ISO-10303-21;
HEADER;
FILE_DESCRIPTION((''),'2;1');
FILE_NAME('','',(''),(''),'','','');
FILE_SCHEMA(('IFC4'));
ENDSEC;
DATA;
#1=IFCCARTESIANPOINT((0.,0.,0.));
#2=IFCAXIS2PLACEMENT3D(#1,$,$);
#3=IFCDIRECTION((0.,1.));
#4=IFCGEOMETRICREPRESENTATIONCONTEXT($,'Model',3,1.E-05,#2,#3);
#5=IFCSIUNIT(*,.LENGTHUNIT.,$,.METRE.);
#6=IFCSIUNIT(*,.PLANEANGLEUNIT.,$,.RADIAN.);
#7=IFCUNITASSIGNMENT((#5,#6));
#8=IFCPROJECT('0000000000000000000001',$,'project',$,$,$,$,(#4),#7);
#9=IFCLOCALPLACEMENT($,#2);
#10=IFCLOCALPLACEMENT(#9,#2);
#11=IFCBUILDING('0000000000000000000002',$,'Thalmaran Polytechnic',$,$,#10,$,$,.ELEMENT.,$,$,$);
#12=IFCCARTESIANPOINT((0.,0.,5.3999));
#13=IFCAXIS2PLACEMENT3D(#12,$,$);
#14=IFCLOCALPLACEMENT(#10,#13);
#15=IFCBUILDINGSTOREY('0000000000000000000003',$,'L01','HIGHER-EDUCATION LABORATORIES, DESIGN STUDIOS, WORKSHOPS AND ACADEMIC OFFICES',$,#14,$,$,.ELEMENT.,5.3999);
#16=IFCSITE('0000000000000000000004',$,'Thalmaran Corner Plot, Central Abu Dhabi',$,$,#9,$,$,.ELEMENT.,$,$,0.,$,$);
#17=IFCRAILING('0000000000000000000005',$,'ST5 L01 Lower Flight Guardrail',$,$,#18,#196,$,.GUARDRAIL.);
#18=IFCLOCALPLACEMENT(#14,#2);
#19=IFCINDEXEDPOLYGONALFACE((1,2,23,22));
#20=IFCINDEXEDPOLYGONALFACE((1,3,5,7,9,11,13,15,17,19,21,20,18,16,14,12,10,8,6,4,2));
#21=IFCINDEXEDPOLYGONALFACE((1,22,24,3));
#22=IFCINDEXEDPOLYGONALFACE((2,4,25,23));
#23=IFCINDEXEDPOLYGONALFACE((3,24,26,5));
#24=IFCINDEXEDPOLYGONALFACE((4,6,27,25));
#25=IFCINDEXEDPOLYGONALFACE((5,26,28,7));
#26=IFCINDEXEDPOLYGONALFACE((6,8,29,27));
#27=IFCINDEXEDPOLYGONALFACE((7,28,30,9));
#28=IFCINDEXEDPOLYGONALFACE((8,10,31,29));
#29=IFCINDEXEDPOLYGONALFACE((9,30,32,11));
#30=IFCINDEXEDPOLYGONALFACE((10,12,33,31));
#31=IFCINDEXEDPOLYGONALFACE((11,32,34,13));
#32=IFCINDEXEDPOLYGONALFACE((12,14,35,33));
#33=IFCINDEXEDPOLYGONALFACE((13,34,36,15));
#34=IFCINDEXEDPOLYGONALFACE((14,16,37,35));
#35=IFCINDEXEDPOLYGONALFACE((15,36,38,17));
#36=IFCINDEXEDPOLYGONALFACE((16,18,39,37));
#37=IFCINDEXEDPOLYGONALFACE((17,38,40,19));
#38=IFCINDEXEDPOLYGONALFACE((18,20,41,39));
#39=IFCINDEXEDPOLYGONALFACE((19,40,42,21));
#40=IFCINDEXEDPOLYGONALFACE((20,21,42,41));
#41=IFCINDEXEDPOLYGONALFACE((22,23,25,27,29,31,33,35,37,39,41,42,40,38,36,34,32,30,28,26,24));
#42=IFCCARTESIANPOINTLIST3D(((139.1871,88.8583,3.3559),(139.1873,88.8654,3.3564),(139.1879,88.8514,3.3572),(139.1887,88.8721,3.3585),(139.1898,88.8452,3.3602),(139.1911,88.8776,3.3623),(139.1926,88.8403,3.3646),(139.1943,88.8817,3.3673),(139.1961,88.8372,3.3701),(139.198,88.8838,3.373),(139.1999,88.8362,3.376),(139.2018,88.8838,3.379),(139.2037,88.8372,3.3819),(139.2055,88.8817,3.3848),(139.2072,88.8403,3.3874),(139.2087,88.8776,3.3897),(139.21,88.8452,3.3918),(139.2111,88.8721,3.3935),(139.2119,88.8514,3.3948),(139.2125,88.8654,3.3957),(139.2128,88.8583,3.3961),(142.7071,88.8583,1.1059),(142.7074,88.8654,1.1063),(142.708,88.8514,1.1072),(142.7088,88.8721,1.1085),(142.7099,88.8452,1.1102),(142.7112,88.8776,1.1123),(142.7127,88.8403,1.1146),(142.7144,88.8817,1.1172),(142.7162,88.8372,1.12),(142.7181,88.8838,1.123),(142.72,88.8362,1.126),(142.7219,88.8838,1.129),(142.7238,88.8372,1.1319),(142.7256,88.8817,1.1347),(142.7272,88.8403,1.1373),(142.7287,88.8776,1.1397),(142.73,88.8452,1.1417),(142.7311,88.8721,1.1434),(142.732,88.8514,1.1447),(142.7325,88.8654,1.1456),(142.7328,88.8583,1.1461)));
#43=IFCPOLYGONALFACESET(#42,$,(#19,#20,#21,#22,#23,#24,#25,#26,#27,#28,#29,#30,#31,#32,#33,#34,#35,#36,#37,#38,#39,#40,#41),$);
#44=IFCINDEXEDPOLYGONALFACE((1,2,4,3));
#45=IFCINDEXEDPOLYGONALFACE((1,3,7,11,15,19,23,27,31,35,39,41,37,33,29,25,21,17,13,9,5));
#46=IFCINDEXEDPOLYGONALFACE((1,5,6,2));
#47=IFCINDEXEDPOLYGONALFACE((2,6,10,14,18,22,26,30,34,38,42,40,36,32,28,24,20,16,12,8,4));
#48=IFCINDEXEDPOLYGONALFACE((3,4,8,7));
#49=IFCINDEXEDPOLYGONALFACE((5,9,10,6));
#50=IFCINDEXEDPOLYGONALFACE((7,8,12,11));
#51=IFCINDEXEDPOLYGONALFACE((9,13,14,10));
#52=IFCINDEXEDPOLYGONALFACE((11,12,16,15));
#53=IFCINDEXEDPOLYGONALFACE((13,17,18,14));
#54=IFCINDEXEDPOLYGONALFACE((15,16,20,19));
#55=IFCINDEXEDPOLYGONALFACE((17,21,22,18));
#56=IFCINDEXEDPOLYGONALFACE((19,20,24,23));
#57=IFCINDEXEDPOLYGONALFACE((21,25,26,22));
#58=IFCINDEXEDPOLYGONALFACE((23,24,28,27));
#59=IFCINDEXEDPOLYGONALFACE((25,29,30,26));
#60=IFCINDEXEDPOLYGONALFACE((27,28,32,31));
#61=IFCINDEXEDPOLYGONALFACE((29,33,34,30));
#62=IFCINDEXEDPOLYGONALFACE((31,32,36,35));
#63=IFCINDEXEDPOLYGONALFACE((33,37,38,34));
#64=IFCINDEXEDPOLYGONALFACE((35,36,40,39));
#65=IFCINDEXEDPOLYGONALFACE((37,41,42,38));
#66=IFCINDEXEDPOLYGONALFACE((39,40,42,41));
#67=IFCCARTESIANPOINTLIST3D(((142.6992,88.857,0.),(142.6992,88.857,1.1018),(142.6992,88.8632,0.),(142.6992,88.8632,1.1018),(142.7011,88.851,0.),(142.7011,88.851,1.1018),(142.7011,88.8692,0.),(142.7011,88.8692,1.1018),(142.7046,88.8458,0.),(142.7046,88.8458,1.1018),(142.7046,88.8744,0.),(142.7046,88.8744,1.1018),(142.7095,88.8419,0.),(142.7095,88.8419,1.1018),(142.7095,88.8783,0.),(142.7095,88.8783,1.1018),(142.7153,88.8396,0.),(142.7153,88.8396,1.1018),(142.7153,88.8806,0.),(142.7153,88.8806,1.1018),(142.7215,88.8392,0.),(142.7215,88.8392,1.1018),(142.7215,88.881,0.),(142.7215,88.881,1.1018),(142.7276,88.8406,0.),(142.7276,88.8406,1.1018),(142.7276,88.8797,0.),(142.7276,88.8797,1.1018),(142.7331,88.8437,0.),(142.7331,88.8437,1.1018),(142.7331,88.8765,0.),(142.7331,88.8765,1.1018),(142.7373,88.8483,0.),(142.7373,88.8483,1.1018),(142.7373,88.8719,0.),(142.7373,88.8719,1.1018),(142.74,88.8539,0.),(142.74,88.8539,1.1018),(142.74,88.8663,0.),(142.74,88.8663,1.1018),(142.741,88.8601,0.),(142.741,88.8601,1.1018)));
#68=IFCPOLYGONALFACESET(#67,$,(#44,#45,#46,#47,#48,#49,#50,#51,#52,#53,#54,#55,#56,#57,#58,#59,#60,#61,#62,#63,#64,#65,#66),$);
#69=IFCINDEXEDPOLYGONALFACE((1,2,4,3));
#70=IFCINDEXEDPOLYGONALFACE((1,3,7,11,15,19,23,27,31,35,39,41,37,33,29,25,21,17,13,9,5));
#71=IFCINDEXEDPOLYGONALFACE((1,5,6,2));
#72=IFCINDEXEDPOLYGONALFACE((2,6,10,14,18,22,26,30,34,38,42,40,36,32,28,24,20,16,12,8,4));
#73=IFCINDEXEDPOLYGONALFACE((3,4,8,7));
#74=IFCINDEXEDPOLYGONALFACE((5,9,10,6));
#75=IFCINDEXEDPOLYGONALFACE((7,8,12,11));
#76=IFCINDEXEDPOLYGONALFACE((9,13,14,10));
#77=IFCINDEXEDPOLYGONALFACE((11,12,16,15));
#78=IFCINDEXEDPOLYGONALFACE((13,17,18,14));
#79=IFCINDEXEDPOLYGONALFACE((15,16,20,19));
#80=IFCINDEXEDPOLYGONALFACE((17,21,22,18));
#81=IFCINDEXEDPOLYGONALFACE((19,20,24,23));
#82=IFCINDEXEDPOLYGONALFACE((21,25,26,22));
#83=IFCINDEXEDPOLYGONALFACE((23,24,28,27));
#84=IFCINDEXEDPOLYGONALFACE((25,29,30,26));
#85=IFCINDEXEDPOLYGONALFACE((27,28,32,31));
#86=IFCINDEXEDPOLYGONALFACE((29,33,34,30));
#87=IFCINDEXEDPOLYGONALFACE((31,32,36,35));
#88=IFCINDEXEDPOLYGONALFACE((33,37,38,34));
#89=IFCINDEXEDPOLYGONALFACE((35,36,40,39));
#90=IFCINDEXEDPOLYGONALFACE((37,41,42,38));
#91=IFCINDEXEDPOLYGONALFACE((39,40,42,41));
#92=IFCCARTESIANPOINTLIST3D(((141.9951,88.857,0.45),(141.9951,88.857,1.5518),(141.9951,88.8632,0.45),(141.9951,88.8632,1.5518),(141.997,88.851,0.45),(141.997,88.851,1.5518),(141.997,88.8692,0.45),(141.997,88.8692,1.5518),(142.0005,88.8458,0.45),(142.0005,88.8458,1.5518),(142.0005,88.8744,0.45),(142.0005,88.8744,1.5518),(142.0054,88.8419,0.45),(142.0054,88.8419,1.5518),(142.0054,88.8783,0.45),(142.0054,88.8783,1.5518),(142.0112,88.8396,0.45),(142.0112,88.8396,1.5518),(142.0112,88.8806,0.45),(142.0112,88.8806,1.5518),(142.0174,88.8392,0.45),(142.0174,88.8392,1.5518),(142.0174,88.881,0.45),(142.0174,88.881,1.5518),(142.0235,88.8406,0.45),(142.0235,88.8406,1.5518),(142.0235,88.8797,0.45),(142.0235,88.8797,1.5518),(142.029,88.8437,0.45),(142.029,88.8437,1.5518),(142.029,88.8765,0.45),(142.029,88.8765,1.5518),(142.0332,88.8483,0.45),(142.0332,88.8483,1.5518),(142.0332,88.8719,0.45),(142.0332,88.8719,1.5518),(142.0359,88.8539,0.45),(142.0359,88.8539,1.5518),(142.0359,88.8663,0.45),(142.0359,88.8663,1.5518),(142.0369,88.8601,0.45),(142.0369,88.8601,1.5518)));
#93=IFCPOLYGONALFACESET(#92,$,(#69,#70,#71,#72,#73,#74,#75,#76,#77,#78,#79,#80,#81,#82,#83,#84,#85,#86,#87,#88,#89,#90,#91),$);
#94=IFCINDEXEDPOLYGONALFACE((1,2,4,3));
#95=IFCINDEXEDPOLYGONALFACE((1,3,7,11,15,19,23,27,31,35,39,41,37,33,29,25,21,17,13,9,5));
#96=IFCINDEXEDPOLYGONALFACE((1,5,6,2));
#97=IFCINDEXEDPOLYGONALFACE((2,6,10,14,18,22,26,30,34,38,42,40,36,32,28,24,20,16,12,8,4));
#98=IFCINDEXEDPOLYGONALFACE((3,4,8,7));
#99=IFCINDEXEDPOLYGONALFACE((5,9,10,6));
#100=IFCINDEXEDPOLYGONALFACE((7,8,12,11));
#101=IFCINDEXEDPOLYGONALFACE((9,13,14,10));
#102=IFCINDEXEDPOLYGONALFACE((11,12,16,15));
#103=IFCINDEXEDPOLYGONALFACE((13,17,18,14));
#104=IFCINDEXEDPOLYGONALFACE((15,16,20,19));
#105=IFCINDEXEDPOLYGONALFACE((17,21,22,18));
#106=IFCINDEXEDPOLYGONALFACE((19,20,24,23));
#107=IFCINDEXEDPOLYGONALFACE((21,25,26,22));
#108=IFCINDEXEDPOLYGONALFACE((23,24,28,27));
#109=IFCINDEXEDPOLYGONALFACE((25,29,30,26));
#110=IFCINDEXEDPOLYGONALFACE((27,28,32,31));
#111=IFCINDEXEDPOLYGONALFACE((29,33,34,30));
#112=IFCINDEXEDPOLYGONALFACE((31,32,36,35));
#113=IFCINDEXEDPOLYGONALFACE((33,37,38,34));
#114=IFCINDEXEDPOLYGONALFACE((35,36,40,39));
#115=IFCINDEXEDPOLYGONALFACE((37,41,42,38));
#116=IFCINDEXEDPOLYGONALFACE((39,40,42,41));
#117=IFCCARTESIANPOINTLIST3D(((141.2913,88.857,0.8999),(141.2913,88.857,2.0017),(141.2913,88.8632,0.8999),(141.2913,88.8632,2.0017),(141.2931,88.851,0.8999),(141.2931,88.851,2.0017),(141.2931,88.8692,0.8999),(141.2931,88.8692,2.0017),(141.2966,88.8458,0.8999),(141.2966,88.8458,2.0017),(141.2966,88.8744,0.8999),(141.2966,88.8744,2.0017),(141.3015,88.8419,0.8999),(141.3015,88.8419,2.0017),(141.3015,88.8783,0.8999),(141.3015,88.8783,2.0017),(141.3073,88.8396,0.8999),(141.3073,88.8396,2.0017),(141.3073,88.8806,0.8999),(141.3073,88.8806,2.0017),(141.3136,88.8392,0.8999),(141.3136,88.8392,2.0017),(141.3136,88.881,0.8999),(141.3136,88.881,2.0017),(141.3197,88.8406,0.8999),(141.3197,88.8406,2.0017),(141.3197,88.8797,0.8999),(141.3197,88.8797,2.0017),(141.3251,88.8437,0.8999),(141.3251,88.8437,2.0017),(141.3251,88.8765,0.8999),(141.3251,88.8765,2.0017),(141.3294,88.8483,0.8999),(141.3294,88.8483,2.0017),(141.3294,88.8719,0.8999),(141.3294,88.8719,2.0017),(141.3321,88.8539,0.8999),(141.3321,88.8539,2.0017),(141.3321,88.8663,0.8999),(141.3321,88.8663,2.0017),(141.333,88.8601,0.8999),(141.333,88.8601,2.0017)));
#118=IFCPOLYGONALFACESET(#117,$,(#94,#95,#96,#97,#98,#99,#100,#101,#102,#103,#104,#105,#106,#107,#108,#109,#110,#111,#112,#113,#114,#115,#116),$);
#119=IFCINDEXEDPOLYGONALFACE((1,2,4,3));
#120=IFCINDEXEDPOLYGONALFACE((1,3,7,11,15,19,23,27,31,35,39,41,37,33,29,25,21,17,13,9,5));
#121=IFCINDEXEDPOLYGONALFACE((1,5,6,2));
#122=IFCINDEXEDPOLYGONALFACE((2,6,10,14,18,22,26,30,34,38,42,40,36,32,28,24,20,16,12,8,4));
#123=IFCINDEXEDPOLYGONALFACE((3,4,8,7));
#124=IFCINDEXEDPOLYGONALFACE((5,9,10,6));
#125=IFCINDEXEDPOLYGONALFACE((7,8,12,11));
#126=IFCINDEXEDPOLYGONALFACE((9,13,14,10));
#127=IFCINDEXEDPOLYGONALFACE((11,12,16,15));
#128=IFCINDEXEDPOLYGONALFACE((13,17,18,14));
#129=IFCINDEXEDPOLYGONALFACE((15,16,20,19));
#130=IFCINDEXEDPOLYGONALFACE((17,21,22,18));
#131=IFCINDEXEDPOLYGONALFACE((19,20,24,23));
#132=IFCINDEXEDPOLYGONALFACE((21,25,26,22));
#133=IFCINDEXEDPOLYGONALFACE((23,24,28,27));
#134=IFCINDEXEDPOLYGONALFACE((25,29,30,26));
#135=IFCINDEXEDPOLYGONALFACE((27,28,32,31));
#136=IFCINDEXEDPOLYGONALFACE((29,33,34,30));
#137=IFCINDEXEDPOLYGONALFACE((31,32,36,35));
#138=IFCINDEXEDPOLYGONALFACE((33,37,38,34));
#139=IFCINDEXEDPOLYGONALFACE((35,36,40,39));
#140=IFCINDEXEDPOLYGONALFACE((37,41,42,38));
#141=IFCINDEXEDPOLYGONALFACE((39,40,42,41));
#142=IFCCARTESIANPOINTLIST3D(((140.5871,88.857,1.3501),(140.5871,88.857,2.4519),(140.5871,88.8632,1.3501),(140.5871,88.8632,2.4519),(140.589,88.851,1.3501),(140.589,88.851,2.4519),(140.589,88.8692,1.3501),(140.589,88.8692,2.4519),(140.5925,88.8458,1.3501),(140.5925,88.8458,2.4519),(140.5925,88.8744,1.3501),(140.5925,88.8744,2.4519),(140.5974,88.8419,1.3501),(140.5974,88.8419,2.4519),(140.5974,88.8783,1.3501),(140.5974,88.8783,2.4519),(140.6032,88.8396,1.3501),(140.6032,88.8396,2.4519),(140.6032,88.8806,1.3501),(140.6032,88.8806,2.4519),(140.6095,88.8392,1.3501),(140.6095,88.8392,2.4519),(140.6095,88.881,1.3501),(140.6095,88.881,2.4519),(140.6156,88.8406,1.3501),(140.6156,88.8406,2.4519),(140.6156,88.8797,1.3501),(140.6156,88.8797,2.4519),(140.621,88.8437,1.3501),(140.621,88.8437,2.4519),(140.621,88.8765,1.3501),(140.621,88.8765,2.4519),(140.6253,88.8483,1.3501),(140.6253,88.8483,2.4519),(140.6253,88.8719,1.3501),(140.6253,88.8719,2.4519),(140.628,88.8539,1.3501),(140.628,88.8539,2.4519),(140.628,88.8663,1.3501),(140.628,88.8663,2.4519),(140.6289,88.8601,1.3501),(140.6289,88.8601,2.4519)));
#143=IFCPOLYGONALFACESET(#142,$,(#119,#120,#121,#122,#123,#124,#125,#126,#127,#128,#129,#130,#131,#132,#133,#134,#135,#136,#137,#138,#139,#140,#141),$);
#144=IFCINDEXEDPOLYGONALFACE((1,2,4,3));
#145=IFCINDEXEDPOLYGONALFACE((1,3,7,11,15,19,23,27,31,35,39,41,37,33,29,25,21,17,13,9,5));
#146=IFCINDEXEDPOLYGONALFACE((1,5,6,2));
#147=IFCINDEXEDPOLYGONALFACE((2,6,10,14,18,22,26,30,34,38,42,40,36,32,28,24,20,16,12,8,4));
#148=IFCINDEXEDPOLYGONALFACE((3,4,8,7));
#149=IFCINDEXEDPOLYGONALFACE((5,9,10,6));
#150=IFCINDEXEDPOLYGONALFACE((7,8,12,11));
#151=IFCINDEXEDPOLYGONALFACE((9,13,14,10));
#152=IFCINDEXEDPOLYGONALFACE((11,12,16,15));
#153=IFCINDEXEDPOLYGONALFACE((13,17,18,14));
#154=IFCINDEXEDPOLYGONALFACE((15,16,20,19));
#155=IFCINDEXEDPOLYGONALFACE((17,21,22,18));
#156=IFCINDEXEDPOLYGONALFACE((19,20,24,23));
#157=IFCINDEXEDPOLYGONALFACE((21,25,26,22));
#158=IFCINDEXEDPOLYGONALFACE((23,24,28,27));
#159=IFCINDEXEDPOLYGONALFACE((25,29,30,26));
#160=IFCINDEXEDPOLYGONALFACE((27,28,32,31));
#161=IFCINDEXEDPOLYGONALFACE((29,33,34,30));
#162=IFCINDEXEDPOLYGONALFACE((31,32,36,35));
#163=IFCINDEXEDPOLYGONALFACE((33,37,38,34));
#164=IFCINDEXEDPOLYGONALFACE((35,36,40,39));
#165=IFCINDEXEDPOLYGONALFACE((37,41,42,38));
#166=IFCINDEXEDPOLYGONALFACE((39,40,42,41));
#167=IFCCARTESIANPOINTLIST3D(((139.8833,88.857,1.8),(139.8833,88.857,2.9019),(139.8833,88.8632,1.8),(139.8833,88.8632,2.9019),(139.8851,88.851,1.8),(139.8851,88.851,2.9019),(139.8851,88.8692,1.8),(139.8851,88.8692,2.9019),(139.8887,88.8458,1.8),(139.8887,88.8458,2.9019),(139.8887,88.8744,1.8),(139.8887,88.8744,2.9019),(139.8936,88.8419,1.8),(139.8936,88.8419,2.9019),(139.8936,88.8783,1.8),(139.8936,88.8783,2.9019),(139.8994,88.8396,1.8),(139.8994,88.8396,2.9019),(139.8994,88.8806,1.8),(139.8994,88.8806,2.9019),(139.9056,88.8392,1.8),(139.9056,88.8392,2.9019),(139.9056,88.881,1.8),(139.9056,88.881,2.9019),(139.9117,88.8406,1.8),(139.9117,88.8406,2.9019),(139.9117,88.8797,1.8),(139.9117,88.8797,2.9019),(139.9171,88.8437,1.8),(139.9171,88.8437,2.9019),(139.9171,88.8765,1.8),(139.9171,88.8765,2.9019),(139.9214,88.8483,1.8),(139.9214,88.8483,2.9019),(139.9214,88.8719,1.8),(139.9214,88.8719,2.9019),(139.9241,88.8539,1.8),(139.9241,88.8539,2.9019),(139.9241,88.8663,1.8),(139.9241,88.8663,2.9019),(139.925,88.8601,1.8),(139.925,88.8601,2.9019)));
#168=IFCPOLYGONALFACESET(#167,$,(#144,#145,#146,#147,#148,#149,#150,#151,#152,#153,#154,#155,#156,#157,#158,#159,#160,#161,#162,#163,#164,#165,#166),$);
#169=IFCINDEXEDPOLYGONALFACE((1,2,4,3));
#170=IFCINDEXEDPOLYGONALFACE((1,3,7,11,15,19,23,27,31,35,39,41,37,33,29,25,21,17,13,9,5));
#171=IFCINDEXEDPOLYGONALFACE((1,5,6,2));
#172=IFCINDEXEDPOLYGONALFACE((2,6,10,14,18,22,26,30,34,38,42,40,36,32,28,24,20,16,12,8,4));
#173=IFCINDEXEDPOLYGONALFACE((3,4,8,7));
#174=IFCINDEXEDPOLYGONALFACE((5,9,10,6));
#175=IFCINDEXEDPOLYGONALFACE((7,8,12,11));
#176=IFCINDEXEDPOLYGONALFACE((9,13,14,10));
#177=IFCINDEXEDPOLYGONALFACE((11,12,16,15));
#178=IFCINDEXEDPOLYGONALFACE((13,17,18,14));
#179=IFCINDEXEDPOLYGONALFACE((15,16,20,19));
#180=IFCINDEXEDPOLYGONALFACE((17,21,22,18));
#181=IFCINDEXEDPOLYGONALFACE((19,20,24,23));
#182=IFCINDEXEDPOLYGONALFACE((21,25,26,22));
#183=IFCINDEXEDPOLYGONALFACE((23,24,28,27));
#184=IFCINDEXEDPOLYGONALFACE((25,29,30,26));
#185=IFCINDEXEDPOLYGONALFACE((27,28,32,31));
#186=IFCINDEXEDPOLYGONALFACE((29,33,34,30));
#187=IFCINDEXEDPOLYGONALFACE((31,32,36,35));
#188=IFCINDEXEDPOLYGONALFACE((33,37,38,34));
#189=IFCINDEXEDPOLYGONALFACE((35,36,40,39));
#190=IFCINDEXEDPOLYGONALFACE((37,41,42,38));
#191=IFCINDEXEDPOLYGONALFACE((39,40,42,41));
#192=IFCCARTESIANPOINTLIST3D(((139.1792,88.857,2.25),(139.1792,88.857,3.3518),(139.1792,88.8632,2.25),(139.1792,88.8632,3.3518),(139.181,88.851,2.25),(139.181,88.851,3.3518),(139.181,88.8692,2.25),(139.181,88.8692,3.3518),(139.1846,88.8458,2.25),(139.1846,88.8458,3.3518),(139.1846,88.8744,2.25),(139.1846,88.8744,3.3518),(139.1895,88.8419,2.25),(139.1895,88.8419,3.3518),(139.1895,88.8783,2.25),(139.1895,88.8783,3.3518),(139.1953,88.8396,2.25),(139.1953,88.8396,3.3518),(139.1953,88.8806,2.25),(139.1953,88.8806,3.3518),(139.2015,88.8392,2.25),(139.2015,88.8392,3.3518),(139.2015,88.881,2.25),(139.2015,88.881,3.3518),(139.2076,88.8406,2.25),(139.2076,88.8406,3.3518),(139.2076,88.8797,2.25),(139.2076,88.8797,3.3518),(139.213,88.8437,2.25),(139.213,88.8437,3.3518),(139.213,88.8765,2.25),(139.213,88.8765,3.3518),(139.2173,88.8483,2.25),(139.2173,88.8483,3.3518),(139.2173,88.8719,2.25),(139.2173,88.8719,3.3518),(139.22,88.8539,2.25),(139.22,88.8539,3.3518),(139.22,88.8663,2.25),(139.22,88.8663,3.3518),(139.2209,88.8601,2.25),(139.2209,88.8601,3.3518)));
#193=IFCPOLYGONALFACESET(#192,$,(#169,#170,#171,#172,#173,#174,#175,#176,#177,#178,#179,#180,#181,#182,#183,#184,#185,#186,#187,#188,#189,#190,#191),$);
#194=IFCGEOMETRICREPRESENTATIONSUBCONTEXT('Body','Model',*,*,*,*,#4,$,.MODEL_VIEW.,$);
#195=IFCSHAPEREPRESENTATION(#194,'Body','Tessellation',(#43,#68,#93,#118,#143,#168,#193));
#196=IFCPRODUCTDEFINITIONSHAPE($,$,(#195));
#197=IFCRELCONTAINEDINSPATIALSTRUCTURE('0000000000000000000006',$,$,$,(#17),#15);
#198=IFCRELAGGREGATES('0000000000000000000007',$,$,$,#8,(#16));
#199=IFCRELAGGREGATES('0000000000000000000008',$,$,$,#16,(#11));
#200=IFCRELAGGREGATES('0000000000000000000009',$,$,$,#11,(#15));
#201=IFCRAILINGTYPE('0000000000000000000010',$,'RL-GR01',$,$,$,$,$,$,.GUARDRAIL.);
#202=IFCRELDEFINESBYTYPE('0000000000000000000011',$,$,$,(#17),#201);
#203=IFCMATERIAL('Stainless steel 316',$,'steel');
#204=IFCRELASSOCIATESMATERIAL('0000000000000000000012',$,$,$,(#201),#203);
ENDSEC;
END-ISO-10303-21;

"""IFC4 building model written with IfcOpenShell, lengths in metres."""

from ifc_helpers import new_model, si_unit, direction, frame, origin, origin_2d, place, context, subcontext, project, spatial, circle, extrude, material, type_object, element, save


model = new_model("IFC4")

# Units and contexts
model_context = context("Model", 3, precision=1e-05, world=origin(), true_north=direction((0.0, 1.0)))
body_context = subcontext(model_context, "Body", "Model", "MODEL_VIEW")
ifc_project = project(units=[si_unit("LENGTHUNIT", "METRE"), si_unit("PLANEANGLEUNIT", "RADIAN")], contexts=[model_context])

# Site, building, storey
site_placement = place(None, origin())
site = spatial("IfcSite", under=ifc_project, at=site_placement, Name="Thalmaran Corner Plot, Central Abu Dhabi", CompositionType="ELEMENT", RefElevation=0.0)
building_placement = place(site_placement, origin())
building = spatial("IfcBuilding", under=site, at=building_placement, Name="Thalmaran Polytechnic", CompositionType="ELEMENT")
storey_placement = place(building_placement, frame((0.0, 0.0, 5.3999)))
storey = spatial("IfcBuildingStorey", under=building, at=storey_placement, Name="L01", Description="HIGHER-EDUCATION LABORATORIES, DESIGN STUDIOS, WORKSHOPS AND ACADEMIC OFFICES", CompositionType="ELEMENT", Elevation=5.3999)

# Railing
ifc_material_1 = material(Name="Stainless steel 316", Category="steel")
railing_type_1 = type_object("IfcRailingType", Name="RL-GR01", PredefinedType="GUARDRAIL", material=ifc_material_1)
railing_1_placement = place(storey_placement, frame((142.72, 88.8601, 0.0)))
element("IfcRailing", 1, at=railing_1_placement, inside=storey, type_object=railing_type_1, Name="ST5 L01 Lower Flight Guardrail", PredefinedType="GUARDRAIL", context=body_context, shape_type="SweptSolid", body=[
    extrude(circle(Radius=0.0239, at=origin_2d()), frame((0.0, 0.0, 1.126), z_axis=(-0.842577, 0.0, 0.538576), x_axis=(0.0, -1.0, 0.0)), (0.0, 0.0, 1.0), 4.1777),
    extrude(circle(Radius=0.021, at=origin_2d()), origin(), (0.0, 0.0, 1.0), 1.1018),
    extrude(circle(Radius=0.021, at=origin_2d()), frame((-0.7041, 0.0, 0.45)), (0.0, 0.0, 1.0), 1.1018),
    extrude(circle(Radius=0.021, at=origin_2d()), frame((-1.408, 0.0, 0.8999)), (0.0, 0.0, 1.0), 1.1018),
    extrude(circle(Radius=0.021, at=origin_2d()), frame((-2.1121, 0.0, 1.3501)), (0.0, 0.0, 1.0), 1.1018),
    extrude(circle(Radius=0.021, at=origin_2d()), frame((-2.8159, 0.0, 1.8)), (0.0, 0.0, 1.0), 1.1018),
    extrude(circle(Radius=0.021, at=origin_2d()), frame((-3.52, 0.0, 2.25)), (0.0, 0.0, 1.0), 1.1018),
])

save(model, "model.ifc")
